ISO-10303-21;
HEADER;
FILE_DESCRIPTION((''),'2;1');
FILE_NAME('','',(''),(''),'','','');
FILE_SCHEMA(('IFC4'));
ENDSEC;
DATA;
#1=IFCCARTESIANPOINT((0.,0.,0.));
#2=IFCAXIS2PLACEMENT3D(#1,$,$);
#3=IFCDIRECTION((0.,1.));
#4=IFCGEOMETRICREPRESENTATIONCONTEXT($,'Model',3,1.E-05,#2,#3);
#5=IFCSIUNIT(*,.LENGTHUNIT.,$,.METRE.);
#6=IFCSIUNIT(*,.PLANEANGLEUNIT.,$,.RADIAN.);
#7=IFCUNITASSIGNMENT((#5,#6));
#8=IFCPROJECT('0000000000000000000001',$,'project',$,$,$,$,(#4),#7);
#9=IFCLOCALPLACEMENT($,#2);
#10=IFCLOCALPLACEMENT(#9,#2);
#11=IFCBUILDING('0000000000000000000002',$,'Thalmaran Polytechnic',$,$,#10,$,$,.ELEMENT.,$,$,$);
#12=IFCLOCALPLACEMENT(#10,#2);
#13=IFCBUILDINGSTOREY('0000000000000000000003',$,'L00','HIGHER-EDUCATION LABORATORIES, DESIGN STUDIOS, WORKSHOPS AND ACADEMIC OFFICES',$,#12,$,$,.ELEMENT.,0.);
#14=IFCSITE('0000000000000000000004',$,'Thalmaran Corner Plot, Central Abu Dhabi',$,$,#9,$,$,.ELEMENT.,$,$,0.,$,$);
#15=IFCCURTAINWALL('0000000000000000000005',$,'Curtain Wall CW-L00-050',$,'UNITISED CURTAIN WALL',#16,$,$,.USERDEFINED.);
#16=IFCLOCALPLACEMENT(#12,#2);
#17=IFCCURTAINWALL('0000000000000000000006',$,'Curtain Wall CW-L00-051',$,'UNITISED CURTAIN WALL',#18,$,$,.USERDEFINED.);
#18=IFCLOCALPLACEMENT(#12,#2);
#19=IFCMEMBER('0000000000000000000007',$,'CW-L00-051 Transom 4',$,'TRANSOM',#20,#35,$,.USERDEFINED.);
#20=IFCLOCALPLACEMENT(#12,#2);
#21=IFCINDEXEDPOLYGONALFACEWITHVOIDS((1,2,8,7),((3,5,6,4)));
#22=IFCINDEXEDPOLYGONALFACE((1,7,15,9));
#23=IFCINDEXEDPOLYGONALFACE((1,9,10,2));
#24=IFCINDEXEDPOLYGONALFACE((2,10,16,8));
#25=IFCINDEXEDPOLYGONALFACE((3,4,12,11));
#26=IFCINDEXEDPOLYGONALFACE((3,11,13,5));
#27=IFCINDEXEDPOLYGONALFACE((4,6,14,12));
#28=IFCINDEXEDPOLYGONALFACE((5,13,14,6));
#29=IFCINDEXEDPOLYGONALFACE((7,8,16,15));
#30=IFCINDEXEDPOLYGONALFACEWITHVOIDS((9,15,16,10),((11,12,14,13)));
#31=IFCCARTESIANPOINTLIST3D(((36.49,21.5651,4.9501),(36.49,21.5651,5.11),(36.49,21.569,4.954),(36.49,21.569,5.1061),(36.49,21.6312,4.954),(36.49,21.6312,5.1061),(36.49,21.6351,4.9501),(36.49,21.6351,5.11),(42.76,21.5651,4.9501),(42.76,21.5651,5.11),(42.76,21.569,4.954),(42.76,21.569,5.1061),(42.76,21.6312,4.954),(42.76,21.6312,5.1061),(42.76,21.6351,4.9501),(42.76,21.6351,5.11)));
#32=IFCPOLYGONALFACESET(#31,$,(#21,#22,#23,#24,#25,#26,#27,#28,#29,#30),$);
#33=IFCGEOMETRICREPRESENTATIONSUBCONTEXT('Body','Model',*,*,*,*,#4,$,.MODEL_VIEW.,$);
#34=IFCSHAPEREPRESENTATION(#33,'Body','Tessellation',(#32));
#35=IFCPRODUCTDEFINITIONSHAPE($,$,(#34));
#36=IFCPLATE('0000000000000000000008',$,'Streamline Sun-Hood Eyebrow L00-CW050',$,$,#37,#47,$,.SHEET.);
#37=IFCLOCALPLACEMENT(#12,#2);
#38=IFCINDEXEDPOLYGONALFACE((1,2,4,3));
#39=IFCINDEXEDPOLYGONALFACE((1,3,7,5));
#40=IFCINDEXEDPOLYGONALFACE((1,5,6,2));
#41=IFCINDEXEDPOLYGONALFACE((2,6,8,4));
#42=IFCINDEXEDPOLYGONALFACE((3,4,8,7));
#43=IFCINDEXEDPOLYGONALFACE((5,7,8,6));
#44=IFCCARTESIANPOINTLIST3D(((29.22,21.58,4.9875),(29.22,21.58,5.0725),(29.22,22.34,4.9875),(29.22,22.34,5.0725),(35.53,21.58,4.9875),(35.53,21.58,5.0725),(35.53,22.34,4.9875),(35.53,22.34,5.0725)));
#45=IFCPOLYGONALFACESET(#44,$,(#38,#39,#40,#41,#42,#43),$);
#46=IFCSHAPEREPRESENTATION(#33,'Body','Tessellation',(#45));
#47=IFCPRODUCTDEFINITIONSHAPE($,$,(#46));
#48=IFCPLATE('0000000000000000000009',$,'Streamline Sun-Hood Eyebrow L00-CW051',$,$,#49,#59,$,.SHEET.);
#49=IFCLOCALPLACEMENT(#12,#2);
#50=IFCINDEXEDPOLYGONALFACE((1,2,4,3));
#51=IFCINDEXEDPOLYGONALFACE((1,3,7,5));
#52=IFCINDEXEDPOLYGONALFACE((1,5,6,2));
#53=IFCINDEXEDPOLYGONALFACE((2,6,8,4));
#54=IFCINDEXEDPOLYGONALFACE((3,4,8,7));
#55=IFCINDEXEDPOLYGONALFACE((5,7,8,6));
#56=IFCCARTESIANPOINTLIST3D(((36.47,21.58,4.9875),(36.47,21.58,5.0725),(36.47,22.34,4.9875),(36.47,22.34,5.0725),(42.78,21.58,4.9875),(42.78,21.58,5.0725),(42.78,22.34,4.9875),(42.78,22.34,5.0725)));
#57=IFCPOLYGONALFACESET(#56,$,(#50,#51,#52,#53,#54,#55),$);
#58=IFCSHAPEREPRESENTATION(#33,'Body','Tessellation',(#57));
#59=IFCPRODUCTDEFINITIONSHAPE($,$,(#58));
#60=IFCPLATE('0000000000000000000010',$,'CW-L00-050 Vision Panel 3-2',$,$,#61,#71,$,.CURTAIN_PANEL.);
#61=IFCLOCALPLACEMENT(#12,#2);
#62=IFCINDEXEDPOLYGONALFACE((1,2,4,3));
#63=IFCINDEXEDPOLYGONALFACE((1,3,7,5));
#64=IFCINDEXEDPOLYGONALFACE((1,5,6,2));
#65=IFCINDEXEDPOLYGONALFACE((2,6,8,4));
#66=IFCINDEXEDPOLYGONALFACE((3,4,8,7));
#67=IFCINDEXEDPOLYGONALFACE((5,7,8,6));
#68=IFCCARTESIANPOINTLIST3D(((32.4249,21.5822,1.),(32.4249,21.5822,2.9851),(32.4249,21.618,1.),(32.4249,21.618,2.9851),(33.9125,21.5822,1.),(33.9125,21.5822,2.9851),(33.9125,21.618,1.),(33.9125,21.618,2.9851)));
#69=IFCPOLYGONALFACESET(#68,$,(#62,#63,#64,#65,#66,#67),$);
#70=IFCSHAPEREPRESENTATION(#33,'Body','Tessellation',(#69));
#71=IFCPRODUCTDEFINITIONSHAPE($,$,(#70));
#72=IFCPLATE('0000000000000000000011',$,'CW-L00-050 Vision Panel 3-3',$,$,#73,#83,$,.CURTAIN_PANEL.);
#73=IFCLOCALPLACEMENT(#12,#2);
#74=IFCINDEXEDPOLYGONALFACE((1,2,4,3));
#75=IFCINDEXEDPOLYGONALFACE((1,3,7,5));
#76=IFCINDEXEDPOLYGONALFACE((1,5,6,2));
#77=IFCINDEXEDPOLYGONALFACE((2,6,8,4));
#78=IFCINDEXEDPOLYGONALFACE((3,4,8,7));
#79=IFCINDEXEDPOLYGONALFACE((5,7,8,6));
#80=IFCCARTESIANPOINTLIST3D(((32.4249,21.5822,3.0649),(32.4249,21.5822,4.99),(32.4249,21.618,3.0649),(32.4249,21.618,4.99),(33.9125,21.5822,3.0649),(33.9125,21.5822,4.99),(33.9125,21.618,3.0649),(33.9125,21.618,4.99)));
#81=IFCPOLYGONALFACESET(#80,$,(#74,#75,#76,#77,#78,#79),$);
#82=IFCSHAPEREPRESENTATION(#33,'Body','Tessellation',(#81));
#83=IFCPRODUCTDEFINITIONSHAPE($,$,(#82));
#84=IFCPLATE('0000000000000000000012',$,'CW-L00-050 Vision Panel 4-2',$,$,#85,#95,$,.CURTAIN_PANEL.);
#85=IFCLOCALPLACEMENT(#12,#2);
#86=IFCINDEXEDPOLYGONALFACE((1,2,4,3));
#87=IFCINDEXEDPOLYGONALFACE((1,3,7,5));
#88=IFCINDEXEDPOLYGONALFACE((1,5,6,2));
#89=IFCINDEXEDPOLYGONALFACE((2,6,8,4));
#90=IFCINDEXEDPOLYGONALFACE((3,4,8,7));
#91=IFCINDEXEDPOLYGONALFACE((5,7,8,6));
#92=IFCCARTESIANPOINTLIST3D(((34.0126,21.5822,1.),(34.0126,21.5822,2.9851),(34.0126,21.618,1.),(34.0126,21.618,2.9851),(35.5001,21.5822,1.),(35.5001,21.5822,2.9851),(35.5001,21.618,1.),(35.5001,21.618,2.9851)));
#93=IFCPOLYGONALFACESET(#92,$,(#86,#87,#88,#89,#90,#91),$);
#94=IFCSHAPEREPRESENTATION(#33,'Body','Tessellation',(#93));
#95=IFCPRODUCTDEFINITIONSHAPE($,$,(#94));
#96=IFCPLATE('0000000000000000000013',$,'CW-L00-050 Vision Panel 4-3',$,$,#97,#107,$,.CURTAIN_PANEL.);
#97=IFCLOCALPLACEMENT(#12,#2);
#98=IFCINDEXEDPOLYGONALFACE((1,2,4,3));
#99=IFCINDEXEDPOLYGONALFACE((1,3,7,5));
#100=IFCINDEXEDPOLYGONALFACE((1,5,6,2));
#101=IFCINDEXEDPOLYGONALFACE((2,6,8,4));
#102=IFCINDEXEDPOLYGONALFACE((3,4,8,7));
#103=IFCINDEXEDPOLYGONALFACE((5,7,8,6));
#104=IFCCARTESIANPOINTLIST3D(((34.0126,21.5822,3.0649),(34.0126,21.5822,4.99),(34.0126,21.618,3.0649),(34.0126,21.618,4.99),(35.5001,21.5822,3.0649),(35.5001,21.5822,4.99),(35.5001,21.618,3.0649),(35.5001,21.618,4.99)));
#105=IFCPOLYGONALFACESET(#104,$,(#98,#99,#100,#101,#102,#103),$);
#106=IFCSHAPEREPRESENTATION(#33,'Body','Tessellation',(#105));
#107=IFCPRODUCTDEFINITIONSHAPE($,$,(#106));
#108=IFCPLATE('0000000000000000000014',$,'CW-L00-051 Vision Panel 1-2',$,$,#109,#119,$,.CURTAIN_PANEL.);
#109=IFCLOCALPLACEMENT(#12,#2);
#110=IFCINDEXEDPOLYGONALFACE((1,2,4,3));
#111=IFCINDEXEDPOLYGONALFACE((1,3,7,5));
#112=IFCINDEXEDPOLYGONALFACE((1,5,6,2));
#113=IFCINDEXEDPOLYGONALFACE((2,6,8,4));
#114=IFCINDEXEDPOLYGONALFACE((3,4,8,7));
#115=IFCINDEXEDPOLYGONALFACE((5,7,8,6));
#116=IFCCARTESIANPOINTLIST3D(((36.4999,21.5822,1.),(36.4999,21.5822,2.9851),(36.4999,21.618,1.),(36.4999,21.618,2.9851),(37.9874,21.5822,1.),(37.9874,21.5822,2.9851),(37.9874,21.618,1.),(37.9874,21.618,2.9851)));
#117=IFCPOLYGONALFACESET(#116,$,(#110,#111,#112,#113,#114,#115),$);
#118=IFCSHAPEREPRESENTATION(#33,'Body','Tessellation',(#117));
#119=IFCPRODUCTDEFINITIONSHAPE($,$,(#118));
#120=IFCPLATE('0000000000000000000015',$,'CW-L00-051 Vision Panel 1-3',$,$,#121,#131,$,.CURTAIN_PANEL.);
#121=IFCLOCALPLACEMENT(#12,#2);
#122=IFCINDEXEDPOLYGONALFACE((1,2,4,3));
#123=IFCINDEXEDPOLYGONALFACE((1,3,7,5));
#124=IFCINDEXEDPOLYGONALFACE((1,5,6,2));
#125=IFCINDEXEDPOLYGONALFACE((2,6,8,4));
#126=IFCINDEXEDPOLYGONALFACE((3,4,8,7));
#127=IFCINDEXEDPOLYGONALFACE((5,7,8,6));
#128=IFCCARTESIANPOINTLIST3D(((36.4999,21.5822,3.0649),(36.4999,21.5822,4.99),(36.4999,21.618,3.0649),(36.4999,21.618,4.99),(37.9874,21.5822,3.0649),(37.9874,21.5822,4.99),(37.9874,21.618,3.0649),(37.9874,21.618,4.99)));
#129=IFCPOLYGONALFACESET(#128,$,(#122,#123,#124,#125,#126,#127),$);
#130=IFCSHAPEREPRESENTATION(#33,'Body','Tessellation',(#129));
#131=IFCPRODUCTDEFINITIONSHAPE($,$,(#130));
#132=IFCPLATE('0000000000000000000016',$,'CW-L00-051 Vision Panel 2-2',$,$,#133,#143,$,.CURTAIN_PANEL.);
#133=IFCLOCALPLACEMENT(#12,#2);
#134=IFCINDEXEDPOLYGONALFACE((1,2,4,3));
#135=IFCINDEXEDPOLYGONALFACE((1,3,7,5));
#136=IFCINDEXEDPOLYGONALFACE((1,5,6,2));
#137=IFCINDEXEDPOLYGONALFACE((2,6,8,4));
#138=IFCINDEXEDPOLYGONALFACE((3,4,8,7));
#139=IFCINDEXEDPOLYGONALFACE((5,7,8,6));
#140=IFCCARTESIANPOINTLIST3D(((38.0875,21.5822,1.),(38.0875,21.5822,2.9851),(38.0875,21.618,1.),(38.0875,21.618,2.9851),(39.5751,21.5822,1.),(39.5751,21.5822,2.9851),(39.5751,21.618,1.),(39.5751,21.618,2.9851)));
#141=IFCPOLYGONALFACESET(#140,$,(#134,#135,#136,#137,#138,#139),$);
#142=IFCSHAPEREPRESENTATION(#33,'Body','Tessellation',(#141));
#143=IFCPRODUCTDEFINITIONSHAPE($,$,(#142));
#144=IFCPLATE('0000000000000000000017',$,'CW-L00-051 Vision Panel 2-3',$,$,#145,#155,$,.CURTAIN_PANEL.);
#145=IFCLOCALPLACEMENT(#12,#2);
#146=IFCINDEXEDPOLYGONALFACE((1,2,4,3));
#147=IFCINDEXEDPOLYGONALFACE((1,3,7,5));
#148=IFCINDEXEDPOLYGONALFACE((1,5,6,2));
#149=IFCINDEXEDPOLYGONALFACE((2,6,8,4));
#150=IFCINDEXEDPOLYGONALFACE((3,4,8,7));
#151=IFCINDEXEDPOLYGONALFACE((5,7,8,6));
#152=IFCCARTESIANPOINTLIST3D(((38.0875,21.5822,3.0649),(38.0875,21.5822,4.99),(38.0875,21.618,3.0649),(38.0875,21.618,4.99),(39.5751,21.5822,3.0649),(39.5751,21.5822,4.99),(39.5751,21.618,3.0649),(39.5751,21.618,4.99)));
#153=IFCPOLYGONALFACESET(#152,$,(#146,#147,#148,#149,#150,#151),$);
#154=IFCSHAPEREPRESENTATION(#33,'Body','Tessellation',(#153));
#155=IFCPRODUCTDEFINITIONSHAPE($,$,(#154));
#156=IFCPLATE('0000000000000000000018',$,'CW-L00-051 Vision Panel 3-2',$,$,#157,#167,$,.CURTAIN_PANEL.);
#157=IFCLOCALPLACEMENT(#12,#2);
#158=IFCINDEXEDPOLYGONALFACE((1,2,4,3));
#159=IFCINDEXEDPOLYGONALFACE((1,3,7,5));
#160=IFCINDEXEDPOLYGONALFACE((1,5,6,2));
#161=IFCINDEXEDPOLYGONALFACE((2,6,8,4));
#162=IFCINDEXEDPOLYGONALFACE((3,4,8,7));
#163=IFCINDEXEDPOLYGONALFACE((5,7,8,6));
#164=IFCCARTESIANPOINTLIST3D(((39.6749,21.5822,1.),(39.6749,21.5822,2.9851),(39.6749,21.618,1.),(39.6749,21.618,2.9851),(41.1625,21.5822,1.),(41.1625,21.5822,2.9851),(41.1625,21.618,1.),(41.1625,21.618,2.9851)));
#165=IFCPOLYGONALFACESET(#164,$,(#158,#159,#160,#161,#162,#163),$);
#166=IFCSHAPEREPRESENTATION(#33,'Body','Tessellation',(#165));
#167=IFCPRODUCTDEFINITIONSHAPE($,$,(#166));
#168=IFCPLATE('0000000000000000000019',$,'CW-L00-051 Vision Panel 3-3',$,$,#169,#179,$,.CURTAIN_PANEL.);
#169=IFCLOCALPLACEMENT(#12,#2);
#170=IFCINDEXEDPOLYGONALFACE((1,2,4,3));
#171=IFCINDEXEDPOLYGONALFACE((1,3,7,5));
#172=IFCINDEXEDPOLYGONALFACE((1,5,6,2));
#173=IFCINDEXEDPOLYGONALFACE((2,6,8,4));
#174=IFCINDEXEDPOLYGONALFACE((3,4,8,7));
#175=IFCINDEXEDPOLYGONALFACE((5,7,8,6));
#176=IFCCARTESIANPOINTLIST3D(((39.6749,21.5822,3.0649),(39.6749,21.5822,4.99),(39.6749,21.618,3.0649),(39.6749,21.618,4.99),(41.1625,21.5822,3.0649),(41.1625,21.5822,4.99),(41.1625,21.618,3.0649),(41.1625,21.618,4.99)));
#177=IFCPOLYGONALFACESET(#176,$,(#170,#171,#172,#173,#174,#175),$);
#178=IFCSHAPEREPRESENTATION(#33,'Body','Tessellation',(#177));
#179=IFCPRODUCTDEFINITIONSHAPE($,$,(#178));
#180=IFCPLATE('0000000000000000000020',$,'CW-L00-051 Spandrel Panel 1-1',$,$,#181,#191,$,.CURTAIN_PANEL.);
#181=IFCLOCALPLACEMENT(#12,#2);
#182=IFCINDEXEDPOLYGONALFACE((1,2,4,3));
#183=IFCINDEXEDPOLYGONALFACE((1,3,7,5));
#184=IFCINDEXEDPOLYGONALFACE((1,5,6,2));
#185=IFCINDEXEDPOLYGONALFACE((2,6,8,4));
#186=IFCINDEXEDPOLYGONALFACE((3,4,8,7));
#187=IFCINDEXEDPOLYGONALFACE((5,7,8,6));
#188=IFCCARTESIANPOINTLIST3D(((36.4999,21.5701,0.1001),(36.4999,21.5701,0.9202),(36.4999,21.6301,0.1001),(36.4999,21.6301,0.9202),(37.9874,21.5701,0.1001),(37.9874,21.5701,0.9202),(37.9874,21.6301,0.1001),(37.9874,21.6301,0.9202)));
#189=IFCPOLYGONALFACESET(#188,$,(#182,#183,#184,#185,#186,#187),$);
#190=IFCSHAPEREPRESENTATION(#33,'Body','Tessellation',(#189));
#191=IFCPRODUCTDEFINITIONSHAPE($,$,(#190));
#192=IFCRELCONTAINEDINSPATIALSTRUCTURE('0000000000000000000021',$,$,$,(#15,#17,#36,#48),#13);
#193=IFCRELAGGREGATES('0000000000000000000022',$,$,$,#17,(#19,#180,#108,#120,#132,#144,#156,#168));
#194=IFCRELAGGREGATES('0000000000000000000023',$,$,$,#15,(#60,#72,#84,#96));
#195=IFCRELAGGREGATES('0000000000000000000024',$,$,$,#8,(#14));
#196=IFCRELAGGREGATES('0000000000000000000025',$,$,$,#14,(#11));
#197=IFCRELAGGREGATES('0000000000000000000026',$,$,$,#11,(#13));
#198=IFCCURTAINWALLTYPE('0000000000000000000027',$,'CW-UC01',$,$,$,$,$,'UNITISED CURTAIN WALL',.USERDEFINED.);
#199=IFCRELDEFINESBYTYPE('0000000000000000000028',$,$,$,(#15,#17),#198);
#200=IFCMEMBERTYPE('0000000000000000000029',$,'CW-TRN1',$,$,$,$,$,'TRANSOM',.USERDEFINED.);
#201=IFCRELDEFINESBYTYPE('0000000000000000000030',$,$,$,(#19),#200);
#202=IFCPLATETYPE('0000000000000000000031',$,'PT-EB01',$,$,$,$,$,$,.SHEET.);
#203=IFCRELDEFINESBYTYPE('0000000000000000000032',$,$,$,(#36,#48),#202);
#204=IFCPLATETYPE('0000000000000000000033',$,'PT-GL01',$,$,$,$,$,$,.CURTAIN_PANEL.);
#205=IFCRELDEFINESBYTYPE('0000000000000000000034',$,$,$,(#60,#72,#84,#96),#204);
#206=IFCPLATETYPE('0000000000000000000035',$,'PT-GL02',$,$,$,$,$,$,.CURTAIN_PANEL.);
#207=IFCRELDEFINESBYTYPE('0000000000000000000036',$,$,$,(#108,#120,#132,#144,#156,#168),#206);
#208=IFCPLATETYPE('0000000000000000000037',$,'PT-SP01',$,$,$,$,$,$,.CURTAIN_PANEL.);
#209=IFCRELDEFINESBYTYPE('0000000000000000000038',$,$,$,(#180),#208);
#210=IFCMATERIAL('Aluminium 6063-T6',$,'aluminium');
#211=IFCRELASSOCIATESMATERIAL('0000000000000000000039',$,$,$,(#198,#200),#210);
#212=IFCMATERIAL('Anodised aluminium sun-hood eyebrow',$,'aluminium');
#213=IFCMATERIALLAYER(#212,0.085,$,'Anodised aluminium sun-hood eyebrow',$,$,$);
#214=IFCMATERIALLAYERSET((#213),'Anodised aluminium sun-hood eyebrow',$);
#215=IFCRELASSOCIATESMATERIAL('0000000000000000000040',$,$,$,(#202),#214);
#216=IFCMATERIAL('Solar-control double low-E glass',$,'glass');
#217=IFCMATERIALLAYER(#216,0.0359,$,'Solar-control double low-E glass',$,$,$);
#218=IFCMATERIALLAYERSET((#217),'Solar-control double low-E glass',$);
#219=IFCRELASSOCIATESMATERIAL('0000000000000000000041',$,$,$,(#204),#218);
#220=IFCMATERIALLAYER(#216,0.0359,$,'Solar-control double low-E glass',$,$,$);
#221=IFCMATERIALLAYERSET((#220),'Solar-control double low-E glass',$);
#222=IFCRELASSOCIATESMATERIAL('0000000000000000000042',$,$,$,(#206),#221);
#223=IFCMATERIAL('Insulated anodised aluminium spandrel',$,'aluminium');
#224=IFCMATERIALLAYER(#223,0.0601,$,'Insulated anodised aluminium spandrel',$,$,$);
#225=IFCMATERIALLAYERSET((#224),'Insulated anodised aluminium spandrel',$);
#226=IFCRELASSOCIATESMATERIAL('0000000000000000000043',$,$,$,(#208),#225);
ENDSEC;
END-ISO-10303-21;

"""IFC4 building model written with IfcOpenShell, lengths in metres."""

from ifc_helpers import new_model, si_unit, direction, frame, origin, origin_2d, place, context, subcontext, project, spatial, rectangle, hollow_rectangle, extrude, material, layer, layer_set, material_profile, profile_set, type_object, element, aggregate, save


model = new_model("IFC4")

# Units and contexts
model_context = context("Model", 3, precision=1e-05, world=origin(), true_north=direction((0.0, 1.0)))
body_context = subcontext(model_context, "Body", "Model", "MODEL_VIEW")
ifc_project = project(units=[si_unit("LENGTHUNIT", "METRE"), si_unit("PLANEANGLEUNIT", "RADIAN")], contexts=[model_context])

# Site, building, storey
site_placement = place(None, origin())
site = spatial("IfcSite", under=ifc_project, at=site_placement, Name="Thalmaran Corner Plot, Central Abu Dhabi", CompositionType="ELEMENT", RefElevation=0.0)
building_placement = place(site_placement, origin())
building = spatial("IfcBuilding", under=site, at=building_placement, Name="Thalmaran Polytechnic", CompositionType="ELEMENT")
storey_placement = place(building_placement, origin())
storey = spatial("IfcBuildingStorey", under=building, at=storey_placement, Name="L00", Description="HIGHER-EDUCATION LABORATORIES, DESIGN STUDIOS, WORKSHOPS AND ACADEMIC OFFICES", CompositionType="ELEMENT", Elevation=0.0)

# Curtain walls, member
ifc_material_1 = material(Name="Aluminium 6063-T6", Category="aluminium")
curtain_wall_type = type_object("IfcCurtainWallType", Name="CW-UC01", ElementType="UNITISED CURTAIN WALL", PredefinedType="USERDEFINED", material=ifc_material_1)
curtain_wall_1_placement = place(storey_placement, origin())
curtain_wall_1 = element("IfcCurtainWall", 1, at=curtain_wall_1_placement, inside=storey, type_object=curtain_wall_type, Name="Curtain Wall CW-L00-050", ObjectType="UNITISED CURTAIN WALL", PredefinedType="USERDEFINED")
curtain_wall_2_placement = place(storey_placement, origin())
curtain_wall_2 = element("IfcCurtainWall", 2, at=curtain_wall_2_placement, inside=storey, type_object=curtain_wall_type, Name="Curtain Wall CW-L00-051", ObjectType="UNITISED CURTAIN WALL", PredefinedType="USERDEFINED")
ifc_material_profile_1 = material_profile(ifc_material_1, hollow_rectangle(XDim=0.0701, YDim=0.1599, WallThickness=0.0039, at=origin_2d()), Name="AL 160x70x4.0")
ifc_profile_set_1 = profile_set([ifc_material_profile_1], Name="Aluminium 6063-T6")
member_type_1 = type_object("IfcMemberType", Name="CW-TRN1", ElementType="TRANSOM", PredefinedType="USERDEFINED", material=ifc_profile_set_1)
member_1_placement = place(storey_placement, frame((36.49, 21.6001, 5.03), z_axis=(1.0, 0.0, 0.0), x_axis=(0.0, 1.0, 0.0)))
member_1 = element("IfcMember", 3, at=member_1_placement, type_object=member_type_1, Name="CW-L00-051 Transom 4", ObjectType="TRANSOM", PredefinedType="USERDEFINED", context=body_context, shape_type="SweptSolid", body=[
    extrude(hollow_rectangle(XDim=0.0701, YDim=0.1599, WallThickness=0.0039, at=origin_2d()), origin(), (0.0, 0.0, 1.0), 6.27),
])

# Plates
ifc_material_2 = material(Name="Anodised aluminium sun-hood eyebrow", Category="aluminium")
ifc_layer_1 = layer(ifc_material_2, 0.085, Name="Anodised aluminium sun-hood eyebrow")
ifc_layer_set_1 = layer_set([ifc_layer_1], Name="Anodised aluminium sun-hood eyebrow")
plate_type_1 = type_object("IfcPlateType", Name="PT-EB01", PredefinedType="SHEET", material=ifc_layer_set_1)
for number, where, z_axis, x_axis, name in (
    (4, (32.375, 21.96, 4.9875), (0.0, 0.0, 1.0), (1.0, 0.0, 0.0), "Streamline Sun-Hood Eyebrow L00-CW050"),
    (5, (39.625, 21.96, 4.9875), (0.0, 0.0, 1.0), (1.0, 0.0, 0.0), "Streamline Sun-Hood Eyebrow L00-CW051"),
):
    element("IfcPlate", number, at=place(storey_placement, frame(where, z_axis=z_axis, x_axis=x_axis)), inside=storey, type_object=plate_type_1, Name=name, PredefinedType="SHEET", context=body_context, shape_type="SweptSolid", body=[
        extrude(rectangle(XDim=6.3101, YDim=0.76, at=origin_2d()), origin(), (0.0, 0.0, 1.0), 0.085),
    ])

# Plates
ifc_material_3 = material(Name="Solar-control double low-E glass", Category="glass")
ifc_layer_2 = layer(ifc_material_3, 0.0359, Name="Solar-control double low-E glass")
ifc_layer_set_2 = layer_set([ifc_layer_2], Name="Solar-control double low-E glass")
plate_type_2 = type_object("IfcPlateType", Name="PT-GL01", PredefinedType="CURTAIN_PANEL", material=ifc_layer_set_2)
plate_1_placement = place(storey_placement, frame((33.1687, 21.6001, 1.0), z_axis=(0.0, 0.0, 1.0), x_axis=(1.0, 0.0, 0.0)))
plate_1 = element("IfcPlate", 6, at=plate_1_placement, type_object=plate_type_2, Name="CW-L00-050 Vision Panel 3-2", PredefinedType="CURTAIN_PANEL", context=body_context, shape_type="SweptSolid", body=[
    extrude(rectangle(XDim=1.4875, YDim=0.0359, at=origin_2d()), origin(), (0.0, 0.0, 1.0), 1.9851),
])
plate_2_placement = place(storey_placement, frame((33.1687, 21.6001, 3.0649), z_axis=(0.0, 0.0, 1.0), x_axis=(1.0, 0.0, 0.0)))
plate_2 = element("IfcPlate", 7, at=plate_2_placement, type_object=plate_type_2, Name="CW-L00-050 Vision Panel 3-3", PredefinedType="CURTAIN_PANEL", context=body_context, shape_type="SweptSolid", body=[
    extrude(rectangle(XDim=1.4875, YDim=0.0359, at=origin_2d()), origin(), (0.0, 0.0, 1.0), 1.925),
])
plate_3_placement = place(storey_placement, frame((34.7563, 21.6001, 1.0), z_axis=(0.0, 0.0, 1.0), x_axis=(1.0, 0.0, 0.0)))
plate_3 = element("IfcPlate", 8, at=plate_3_placement, type_object=plate_type_2, Name="CW-L00-050 Vision Panel 4-2", PredefinedType="CURTAIN_PANEL", context=body_context, shape_type="SweptSolid", body=[
    extrude(rectangle(XDim=1.4875, YDim=0.0359, at=origin_2d()), origin(), (0.0, 0.0, 1.0), 1.9851),
])
plate_4_placement = place(storey_placement, frame((34.7563, 21.6001, 3.0649), z_axis=(0.0, 0.0, 1.0), x_axis=(1.0, 0.0, 0.0)))
plate_4 = element("IfcPlate", 9, at=plate_4_placement, type_object=plate_type_2, Name="CW-L00-050 Vision Panel 4-3", PredefinedType="CURTAIN_PANEL", context=body_context, shape_type="SweptSolid", body=[
    extrude(rectangle(XDim=1.4875, YDim=0.0359, at=origin_2d()), origin(), (0.0, 0.0, 1.0), 1.925),
])
ifc_layer_3 = layer(ifc_material_3, 0.0359, Name="Solar-control double low-E glass")
ifc_layer_set_3 = layer_set([ifc_layer_3], Name="Solar-control double low-E glass")
plate_type_3 = type_object("IfcPlateType", Name="PT-GL02", PredefinedType="CURTAIN_PANEL", material=ifc_layer_set_3)
plate_5_placement = place(storey_placement, frame((37.2437, 21.6001, 1.0), z_axis=(0.0, 0.0, 1.0), x_axis=(1.0, 0.0, 0.0)))
plate_5 = element("IfcPlate", 10, at=plate_5_placement, type_object=plate_type_3, Name="CW-L00-051 Vision Panel 1-2", PredefinedType="CURTAIN_PANEL", context=body_context, shape_type="SweptSolid", body=[
    extrude(rectangle(XDim=1.4875, YDim=0.0359, at=origin_2d()), origin(), (0.0, 0.0, 1.0), 1.9851),
])
plate_6_placement = place(storey_placement, frame((37.2437, 21.6001, 3.0649), z_axis=(0.0, 0.0, 1.0), x_axis=(1.0, 0.0, 0.0)))
plate_6 = element("IfcPlate", 11, at=plate_6_placement, type_object=plate_type_3, Name="CW-L00-051 Vision Panel 1-3", PredefinedType="CURTAIN_PANEL", context=body_context, shape_type="SweptSolid", body=[
    extrude(rectangle(XDim=1.4875, YDim=0.0359, at=origin_2d()), origin(), (0.0, 0.0, 1.0), 1.925),
])
plate_7_placement = place(storey_placement, frame((38.8313, 21.6001, 1.0), z_axis=(0.0, 0.0, 1.0), x_axis=(1.0, 0.0, 0.0)))
plate_7 = element("IfcPlate", 12, at=plate_7_placement, type_object=plate_type_3, Name="CW-L00-051 Vision Panel 2-2", PredefinedType="CURTAIN_PANEL", context=body_context, shape_type="SweptSolid", body=[
    extrude(rectangle(XDim=1.4875, YDim=0.0359, at=origin_2d()), origin(), (0.0, 0.0, 1.0), 1.9851),
])
plate_8_placement = place(storey_placement, frame((38.8313, 21.6001, 3.0649), z_axis=(0.0, 0.0, 1.0), x_axis=(1.0, 0.0, 0.0)))
plate_8 = element("IfcPlate", 13, at=plate_8_placement, type_object=plate_type_3, Name="CW-L00-051 Vision Panel 2-3", PredefinedType="CURTAIN_PANEL", context=body_context, shape_type="SweptSolid", body=[
    extrude(rectangle(XDim=1.4875, YDim=0.0359, at=origin_2d()), origin(), (0.0, 0.0, 1.0), 1.925),
])
plate_9_placement = place(storey_placement, frame((40.4187, 21.6001, 1.0), z_axis=(0.0, 0.0, 1.0), x_axis=(1.0, 0.0, 0.0)))
plate_9 = element("IfcPlate", 14, at=plate_9_placement, type_object=plate_type_3, Name="CW-L00-051 Vision Panel 3-2", PredefinedType="CURTAIN_PANEL", context=body_context, shape_type="SweptSolid", body=[
    extrude(rectangle(XDim=1.4875, YDim=0.0359, at=origin_2d()), origin(), (0.0, 0.0, 1.0), 1.9851),
])
plate_10_placement = place(storey_placement, frame((40.4187, 21.6001, 3.0649), z_axis=(0.0, 0.0, 1.0), x_axis=(1.0, 0.0, 0.0)))
plate_10 = element("IfcPlate", 15, at=plate_10_placement, type_object=plate_type_3, Name="CW-L00-051 Vision Panel 3-3", PredefinedType="CURTAIN_PANEL", context=body_context, shape_type="SweptSolid", body=[
    extrude(rectangle(XDim=1.4875, YDim=0.0359, at=origin_2d()), origin(), (0.0, 0.0, 1.0), 1.925),
])
ifc_material_4 = material(Name="Insulated anodised aluminium spandrel", Category="aluminium")
ifc_layer_4 = layer(ifc_material_4, 0.0601, Name="Insulated anodised aluminium spandrel")
ifc_layer_set_4 = layer_set([ifc_layer_4], Name="Insulated anodised aluminium spandrel")
plate_type_4 = type_object("IfcPlateType", Name="PT-SP01", PredefinedType="CURTAIN_PANEL", material=ifc_layer_set_4)
plate_11_placement = place(storey_placement, frame((37.2437, 21.6001, 0.1001), z_axis=(0.0, 0.0, 1.0), x_axis=(1.0, 0.0, 0.0)))
plate_11 = element("IfcPlate", 16, at=plate_11_placement, type_object=plate_type_4, Name="CW-L00-051 Spandrel Panel 1-1", PredefinedType="CURTAIN_PANEL", context=body_context, shape_type="SweptSolid", body=[
    extrude(rectangle(XDim=1.4875, YDim=0.0601, at=origin_2d()), origin(), (0.0, 0.0, 1.0), 0.8201),
])
aggregate(curtain_wall_2, [member_1, plate_11, plate_5, plate_6, plate_7, plate_8, plate_9, plate_10])
aggregate(curtain_wall_1, [plate_1, plate_2, plate_3, plate_4])

save(model, "model.ifc")
